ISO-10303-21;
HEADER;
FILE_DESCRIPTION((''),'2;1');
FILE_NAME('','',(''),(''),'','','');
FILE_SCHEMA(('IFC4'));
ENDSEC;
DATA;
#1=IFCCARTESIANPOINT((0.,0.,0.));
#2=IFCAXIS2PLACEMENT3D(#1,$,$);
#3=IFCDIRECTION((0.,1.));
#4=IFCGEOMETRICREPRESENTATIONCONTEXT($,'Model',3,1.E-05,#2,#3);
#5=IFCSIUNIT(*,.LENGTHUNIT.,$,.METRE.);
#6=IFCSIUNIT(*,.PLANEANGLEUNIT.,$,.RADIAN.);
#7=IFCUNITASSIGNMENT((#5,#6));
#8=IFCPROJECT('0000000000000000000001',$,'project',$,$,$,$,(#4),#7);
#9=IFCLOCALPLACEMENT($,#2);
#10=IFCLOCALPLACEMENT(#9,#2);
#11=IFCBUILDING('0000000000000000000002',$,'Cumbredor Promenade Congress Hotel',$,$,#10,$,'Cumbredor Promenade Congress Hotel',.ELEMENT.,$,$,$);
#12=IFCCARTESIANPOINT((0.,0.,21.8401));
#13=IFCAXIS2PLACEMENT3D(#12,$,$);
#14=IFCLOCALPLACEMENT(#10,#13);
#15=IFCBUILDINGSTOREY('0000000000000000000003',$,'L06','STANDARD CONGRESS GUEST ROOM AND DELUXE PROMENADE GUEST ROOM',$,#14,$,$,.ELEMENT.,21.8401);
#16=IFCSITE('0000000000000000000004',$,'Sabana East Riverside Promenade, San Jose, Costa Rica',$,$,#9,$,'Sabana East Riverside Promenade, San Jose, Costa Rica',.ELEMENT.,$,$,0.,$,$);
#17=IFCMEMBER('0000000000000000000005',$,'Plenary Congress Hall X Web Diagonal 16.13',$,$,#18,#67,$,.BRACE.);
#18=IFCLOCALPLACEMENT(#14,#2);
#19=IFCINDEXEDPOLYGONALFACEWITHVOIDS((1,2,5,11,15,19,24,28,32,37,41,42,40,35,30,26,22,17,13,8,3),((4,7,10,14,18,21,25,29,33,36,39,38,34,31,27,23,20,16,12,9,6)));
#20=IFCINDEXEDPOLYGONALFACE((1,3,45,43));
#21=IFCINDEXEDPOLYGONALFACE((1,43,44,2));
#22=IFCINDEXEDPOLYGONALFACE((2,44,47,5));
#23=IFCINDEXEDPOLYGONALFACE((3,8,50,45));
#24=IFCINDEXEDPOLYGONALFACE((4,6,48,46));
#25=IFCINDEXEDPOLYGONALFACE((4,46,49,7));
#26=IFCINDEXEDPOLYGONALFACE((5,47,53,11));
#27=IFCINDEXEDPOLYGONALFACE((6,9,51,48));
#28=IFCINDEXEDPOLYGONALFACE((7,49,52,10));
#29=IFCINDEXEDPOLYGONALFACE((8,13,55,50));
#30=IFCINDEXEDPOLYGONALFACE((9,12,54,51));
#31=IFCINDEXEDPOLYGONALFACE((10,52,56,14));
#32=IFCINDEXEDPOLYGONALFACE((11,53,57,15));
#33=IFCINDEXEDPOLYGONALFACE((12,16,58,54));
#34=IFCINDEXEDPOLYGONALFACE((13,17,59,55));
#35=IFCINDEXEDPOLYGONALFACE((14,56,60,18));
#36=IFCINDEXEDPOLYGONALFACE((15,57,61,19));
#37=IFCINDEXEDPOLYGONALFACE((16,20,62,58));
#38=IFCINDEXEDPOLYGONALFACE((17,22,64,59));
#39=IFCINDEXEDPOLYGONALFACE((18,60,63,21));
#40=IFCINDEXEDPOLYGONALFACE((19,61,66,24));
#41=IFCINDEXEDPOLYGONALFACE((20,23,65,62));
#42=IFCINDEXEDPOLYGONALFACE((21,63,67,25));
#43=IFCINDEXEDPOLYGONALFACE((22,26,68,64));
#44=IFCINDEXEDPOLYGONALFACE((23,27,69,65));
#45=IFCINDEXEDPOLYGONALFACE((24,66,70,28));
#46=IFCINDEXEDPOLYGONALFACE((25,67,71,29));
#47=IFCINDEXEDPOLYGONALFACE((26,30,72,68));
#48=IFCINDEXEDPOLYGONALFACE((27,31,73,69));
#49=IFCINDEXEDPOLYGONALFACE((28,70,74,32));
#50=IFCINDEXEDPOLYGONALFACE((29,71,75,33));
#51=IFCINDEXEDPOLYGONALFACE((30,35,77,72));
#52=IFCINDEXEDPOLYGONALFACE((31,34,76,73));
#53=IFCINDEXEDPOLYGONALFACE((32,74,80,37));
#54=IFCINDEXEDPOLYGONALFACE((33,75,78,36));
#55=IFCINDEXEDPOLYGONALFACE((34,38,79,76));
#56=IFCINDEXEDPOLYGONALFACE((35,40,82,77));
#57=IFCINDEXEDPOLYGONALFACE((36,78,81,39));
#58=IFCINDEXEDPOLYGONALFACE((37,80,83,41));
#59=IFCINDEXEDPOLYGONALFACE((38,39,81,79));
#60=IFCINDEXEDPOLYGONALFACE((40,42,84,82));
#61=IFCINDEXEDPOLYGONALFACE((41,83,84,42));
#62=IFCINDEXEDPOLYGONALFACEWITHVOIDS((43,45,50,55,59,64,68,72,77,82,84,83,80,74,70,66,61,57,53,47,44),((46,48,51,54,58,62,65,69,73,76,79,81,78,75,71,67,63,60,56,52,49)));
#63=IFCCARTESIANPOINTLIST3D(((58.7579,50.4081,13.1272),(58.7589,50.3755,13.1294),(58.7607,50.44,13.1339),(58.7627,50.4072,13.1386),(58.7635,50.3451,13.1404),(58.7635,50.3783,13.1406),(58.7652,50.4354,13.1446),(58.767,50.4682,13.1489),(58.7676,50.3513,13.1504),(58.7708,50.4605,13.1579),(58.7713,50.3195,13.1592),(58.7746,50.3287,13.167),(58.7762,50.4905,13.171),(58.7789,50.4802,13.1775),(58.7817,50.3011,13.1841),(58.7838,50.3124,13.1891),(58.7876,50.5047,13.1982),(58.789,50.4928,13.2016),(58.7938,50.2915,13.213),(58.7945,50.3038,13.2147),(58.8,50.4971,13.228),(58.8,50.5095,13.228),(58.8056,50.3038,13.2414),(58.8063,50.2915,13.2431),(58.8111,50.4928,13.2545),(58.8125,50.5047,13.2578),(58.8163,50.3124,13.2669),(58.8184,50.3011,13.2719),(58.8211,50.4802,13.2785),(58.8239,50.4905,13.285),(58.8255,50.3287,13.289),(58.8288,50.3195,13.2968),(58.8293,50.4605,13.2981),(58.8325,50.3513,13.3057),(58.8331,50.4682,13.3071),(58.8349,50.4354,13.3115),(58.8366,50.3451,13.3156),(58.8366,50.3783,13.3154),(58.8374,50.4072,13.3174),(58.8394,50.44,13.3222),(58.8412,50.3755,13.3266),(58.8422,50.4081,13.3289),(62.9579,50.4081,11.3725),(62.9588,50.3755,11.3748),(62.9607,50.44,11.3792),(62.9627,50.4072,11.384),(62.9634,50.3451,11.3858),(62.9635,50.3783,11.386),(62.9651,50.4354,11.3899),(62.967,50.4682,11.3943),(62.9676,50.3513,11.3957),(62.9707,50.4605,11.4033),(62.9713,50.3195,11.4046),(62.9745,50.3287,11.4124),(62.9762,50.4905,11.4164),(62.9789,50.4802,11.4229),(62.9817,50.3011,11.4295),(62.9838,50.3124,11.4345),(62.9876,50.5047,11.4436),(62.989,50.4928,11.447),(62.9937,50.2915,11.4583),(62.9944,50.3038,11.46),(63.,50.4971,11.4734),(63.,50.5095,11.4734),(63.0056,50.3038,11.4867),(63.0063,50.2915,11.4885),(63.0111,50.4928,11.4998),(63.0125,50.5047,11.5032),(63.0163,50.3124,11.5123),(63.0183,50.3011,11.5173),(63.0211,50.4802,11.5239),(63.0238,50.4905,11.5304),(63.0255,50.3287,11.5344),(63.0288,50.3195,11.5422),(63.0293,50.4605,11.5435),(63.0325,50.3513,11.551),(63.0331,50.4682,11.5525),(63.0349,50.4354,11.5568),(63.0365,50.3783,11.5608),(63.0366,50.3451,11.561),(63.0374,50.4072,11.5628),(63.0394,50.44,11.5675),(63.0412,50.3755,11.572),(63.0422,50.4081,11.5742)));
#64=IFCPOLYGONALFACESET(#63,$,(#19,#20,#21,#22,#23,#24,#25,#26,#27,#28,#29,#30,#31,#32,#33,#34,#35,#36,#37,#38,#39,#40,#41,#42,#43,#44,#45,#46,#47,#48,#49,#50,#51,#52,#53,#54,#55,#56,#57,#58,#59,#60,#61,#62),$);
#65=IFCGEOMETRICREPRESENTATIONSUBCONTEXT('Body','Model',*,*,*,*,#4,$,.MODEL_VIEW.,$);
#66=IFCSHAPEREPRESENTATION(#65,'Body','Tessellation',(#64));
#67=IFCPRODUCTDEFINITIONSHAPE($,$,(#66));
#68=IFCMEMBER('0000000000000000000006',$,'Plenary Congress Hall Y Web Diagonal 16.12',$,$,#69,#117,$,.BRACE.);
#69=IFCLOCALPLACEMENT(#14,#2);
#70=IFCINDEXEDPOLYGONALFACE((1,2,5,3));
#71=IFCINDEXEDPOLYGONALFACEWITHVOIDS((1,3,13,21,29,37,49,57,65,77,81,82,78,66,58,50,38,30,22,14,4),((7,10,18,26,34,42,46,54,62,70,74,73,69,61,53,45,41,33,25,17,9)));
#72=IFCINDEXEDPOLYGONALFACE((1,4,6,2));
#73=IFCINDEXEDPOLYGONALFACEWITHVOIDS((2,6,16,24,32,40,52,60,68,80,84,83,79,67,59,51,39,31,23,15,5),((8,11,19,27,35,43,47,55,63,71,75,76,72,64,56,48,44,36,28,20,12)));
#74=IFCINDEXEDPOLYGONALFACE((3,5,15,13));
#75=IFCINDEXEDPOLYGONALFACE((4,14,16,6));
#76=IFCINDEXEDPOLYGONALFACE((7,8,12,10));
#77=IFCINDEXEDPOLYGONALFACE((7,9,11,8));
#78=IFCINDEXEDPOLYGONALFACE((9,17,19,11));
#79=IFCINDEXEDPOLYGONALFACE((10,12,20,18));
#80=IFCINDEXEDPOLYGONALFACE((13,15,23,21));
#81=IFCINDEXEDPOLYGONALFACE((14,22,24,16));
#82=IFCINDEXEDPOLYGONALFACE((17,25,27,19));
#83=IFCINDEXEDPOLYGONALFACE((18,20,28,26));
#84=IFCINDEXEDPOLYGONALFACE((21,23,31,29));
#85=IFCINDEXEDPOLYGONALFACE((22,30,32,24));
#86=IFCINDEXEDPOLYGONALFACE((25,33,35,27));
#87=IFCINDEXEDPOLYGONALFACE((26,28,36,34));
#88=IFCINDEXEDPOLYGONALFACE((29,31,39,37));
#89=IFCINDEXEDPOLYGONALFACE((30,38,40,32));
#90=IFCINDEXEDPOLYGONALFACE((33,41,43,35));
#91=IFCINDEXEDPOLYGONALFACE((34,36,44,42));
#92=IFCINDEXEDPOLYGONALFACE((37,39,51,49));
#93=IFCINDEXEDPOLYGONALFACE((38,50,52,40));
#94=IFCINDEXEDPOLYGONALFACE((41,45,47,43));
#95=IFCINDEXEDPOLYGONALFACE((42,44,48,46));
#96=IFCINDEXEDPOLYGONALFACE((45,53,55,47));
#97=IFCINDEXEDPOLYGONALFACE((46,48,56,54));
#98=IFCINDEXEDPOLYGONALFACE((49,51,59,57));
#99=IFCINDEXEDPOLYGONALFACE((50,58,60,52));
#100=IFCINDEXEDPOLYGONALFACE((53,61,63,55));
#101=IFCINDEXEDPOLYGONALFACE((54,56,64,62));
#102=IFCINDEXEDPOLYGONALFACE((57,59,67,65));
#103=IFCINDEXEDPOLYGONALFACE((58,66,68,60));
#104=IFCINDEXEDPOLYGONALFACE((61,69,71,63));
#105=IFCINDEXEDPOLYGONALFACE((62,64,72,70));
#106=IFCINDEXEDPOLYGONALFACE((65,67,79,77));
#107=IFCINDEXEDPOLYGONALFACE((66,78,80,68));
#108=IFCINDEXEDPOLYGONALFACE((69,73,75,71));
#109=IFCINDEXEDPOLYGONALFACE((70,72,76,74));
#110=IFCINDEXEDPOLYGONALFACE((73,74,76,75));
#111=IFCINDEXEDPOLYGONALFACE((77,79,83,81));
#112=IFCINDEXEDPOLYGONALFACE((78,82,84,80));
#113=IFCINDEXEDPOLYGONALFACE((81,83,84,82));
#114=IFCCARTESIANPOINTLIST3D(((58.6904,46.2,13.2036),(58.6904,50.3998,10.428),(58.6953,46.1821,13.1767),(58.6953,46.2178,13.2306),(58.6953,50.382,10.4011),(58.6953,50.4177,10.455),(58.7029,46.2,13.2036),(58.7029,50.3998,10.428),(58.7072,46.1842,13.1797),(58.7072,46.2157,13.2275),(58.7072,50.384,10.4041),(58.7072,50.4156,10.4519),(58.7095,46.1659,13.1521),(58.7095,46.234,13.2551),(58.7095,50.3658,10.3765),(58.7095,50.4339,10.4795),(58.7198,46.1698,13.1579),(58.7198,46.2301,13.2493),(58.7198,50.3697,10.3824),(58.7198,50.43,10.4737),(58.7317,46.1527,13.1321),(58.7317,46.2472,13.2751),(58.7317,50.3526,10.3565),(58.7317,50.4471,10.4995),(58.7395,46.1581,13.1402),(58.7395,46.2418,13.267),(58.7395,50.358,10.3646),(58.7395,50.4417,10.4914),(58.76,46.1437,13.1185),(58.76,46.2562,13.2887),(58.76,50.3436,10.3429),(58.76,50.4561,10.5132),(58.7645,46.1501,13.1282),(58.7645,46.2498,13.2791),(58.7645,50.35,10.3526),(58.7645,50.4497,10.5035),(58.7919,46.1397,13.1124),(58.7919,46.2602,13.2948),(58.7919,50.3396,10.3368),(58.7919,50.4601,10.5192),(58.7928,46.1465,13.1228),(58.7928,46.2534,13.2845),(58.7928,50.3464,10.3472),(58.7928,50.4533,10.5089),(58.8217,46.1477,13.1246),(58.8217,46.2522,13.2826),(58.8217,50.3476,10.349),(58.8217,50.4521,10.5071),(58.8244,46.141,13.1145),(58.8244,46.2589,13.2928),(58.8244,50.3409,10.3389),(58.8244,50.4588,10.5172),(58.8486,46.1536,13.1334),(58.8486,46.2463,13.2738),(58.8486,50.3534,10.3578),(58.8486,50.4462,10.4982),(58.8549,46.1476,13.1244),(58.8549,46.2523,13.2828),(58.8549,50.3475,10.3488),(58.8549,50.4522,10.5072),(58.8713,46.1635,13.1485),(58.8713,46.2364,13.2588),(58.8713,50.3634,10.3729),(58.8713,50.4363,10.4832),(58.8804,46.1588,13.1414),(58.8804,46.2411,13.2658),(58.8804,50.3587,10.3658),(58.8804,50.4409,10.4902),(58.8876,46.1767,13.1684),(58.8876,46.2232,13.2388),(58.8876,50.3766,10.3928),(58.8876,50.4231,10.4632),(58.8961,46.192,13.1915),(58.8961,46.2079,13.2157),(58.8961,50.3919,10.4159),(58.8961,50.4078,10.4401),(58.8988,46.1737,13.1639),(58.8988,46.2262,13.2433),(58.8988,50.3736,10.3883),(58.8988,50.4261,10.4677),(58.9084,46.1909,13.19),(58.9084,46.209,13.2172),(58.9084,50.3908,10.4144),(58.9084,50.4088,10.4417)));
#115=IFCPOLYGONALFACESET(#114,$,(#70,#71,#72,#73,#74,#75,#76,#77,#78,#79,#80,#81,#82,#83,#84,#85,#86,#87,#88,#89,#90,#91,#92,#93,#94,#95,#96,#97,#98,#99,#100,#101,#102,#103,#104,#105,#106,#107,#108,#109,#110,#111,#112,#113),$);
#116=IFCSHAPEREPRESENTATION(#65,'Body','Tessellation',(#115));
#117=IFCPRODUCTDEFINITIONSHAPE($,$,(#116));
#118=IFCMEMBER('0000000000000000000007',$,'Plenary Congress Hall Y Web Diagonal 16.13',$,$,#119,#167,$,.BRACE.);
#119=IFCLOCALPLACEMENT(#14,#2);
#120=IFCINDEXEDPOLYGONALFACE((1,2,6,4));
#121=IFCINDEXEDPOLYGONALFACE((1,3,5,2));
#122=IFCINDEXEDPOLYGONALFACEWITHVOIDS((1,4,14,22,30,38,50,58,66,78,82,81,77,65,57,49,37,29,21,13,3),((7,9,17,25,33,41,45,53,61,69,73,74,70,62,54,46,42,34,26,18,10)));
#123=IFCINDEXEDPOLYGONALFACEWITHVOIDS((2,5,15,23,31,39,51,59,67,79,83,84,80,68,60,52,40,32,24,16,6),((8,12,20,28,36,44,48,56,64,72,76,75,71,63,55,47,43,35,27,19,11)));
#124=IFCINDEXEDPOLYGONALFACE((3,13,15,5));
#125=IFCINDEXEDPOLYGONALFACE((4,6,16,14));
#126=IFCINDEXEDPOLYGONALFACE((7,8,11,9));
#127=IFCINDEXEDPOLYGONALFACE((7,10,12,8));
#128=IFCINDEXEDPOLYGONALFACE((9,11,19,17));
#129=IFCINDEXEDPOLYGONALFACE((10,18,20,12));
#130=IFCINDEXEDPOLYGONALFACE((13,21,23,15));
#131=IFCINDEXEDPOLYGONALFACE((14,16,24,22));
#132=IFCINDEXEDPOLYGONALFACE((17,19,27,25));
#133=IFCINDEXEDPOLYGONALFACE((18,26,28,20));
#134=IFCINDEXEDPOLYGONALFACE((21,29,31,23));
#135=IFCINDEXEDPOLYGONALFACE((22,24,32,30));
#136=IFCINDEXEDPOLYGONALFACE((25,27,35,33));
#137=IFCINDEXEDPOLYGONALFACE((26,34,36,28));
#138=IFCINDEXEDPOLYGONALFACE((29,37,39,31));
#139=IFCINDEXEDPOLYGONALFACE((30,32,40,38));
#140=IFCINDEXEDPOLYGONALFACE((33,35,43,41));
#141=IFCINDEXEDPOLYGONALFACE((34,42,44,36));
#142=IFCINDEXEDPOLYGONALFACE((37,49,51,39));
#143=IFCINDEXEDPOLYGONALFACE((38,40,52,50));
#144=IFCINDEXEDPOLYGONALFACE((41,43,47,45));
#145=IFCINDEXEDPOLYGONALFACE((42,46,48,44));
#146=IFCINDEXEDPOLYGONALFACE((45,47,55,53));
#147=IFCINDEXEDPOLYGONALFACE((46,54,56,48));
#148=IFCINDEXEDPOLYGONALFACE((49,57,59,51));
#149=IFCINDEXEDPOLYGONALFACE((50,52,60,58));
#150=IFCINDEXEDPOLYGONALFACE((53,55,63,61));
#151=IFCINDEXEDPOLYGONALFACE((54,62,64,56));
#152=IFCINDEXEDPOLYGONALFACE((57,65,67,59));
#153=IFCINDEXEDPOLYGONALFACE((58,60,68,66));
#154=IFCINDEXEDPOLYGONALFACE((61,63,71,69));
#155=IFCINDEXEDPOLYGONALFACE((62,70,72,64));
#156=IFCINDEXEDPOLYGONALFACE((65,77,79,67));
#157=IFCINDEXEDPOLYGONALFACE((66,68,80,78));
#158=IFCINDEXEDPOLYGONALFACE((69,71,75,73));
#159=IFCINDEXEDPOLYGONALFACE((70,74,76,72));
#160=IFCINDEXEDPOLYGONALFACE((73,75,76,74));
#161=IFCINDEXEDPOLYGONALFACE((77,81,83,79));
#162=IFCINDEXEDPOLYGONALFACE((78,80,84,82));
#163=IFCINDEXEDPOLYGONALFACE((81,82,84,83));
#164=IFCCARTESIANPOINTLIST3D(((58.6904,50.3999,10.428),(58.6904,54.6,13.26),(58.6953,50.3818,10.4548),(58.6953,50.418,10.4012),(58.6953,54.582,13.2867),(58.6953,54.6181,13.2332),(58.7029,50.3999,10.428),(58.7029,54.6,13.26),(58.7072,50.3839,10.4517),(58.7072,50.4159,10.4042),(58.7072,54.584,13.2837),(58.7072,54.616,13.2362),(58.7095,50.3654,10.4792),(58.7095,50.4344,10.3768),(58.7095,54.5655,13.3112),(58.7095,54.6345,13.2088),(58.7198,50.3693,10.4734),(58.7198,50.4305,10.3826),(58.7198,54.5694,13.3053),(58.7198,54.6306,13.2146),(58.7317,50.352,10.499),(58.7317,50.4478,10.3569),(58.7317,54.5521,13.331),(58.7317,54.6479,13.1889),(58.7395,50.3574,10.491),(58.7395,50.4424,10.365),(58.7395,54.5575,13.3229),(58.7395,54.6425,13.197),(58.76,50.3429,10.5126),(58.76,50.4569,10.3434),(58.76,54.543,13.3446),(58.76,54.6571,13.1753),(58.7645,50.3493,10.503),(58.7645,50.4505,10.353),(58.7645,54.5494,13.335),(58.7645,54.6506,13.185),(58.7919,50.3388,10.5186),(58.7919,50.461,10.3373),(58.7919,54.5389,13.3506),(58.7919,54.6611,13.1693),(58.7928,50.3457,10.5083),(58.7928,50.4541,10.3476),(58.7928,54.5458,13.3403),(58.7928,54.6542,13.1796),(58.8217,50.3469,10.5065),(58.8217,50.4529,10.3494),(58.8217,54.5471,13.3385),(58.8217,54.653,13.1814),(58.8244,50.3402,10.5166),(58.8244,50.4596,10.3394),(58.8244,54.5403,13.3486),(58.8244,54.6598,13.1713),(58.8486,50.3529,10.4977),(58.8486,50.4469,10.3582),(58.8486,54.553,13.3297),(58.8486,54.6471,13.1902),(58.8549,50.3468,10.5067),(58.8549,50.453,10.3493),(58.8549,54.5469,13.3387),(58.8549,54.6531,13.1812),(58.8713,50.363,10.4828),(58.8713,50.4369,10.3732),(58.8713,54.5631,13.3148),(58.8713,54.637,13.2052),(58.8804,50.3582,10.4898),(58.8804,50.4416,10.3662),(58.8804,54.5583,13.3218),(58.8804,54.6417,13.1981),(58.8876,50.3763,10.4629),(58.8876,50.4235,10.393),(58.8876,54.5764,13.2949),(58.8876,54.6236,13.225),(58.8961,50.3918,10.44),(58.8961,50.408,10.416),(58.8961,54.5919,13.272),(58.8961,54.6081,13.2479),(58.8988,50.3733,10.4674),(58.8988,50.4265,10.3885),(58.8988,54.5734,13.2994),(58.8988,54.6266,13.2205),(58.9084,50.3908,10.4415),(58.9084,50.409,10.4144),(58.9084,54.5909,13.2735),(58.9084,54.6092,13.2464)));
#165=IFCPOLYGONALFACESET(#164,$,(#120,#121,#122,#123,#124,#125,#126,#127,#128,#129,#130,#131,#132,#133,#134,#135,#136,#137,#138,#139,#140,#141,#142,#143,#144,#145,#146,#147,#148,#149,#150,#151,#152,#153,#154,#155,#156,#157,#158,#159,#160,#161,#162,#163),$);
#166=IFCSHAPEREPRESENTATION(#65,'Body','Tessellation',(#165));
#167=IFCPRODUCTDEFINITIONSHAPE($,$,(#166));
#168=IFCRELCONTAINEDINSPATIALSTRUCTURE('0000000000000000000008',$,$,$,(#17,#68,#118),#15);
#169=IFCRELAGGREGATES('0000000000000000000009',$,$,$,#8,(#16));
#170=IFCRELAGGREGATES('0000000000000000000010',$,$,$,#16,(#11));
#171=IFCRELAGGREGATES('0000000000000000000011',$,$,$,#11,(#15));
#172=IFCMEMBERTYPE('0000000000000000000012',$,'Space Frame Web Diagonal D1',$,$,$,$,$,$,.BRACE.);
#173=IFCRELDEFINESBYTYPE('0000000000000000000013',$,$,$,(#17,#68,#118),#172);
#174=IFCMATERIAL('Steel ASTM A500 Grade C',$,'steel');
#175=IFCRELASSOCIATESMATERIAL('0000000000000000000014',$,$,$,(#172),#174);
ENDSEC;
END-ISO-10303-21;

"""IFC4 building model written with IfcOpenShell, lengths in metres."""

from ifc_helpers import new_model, si_unit, direction, frame, origin, origin_2d, place, context, subcontext, project, spatial, hollow_circle, extrude, material, material_profile, profile_set, type_object, element, save


model = new_model("IFC4")

# Units and contexts
model_context = context("Model", 3, precision=1e-05, world=origin(), true_north=direction((0.0, 1.0)))
body_context = subcontext(model_context, "Body", "Model", "MODEL_VIEW")
ifc_project = project(units=[si_unit("LENGTHUNIT", "METRE"), si_unit("PLANEANGLEUNIT", "RADIAN")], contexts=[model_context])

# Site, building, storey
site_placement = place(None, origin())
site = spatial("IfcSite", under=ifc_project, at=site_placement, Name="Sabana East Riverside Promenade, San Jose, Costa Rica", LongName="Sabana East Riverside Promenade, San Jose, Costa Rica", CompositionType="ELEMENT", RefElevation=0.0)
building_placement = place(site_placement, origin())
building = spatial("IfcBuilding", under=site, at=building_placement, Name="Cumbredor Promenade Congress Hotel", LongName="Cumbredor Promenade Congress Hotel", CompositionType="ELEMENT")
storey_placement = place(building_placement, frame((0.0, 0.0, 21.8401)))
storey = spatial("IfcBuildingStorey", under=building, at=storey_placement, Name="L06", Description="STANDARD CONGRESS GUEST ROOM AND DELUXE PROMENADE GUEST ROOM", CompositionType="ELEMENT", Elevation=21.8401)

# Members
ifc_material_1 = material(Name="Steel ASTM A500 Grade C", Category="steel")
ifc_material_profile_1 = material_profile(ifc_material_1, hollow_circle(Radius=0.1096, WallThickness=0.0125, at=origin_2d()), Name="CHS 219.1x12.5")
ifc_profile_set_1 = profile_set([ifc_material_profile_1], Name="Steel ASTM A500 Grade C")
member_type_1 = type_object("IfcMemberType", Name="Space Frame Web Diagonal D1", PredefinedType="BRACE", material=ifc_profile_set_1)
member_1_placement = place(storey_placement, frame((58.8, 50.3999, 13.228), z_axis=(0.922713, 0.0, -0.385487), x_axis=(0.0, 1.0, 0.0)))
element("IfcMember", 1, at=member_1_placement, inside=storey, type_object=member_type_1, Name="Plenary Congress Hall X Web Diagonal 16.13", PredefinedType="BRACE", context=body_context, shape_type="SweptSolid", body=[
    extrude(hollow_circle(Radius=0.1096, WallThickness=0.0125, at=origin_2d()), origin(), (0.0, 0.0, 1.0), 4.5518),
])
member_2_placement = place(storey_placement, frame((58.8, 46.2, 13.2036), z_axis=(0.0, 0.834274, -0.551349), x_axis=(-1.0, 0.0, 0.0)))
element("IfcMember", 2, at=member_2_placement, inside=storey, type_object=member_type_1, Name="Plenary Congress Hall Y Web Diagonal 16.12", PredefinedType="BRACE", context=body_context, shape_type="SweptSolid", body=[
    extrude(hollow_circle(Radius=0.1096, WallThickness=0.0125, at=origin_2d()), origin(), (0.0, 0.0, 1.0), 5.0342),
])
member_3_placement = place(storey_placement, frame((58.8, 50.3999, 10.428), z_axis=(0.0, 0.829132, 0.559052), x_axis=(-1.0, 0.0, 0.0)))
element("IfcMember", 3, at=member_3_placement, inside=storey, type_object=member_type_1, Name="Plenary Congress Hall Y Web Diagonal 16.13", PredefinedType="BRACE", context=body_context, shape_type="SweptSolid", body=[
    extrude(hollow_circle(Radius=0.1096, WallThickness=0.0125, at=origin_2d()), origin(), (0.0, 0.0, 1.0), 5.0657),
])

save(model, "model.ifc")
